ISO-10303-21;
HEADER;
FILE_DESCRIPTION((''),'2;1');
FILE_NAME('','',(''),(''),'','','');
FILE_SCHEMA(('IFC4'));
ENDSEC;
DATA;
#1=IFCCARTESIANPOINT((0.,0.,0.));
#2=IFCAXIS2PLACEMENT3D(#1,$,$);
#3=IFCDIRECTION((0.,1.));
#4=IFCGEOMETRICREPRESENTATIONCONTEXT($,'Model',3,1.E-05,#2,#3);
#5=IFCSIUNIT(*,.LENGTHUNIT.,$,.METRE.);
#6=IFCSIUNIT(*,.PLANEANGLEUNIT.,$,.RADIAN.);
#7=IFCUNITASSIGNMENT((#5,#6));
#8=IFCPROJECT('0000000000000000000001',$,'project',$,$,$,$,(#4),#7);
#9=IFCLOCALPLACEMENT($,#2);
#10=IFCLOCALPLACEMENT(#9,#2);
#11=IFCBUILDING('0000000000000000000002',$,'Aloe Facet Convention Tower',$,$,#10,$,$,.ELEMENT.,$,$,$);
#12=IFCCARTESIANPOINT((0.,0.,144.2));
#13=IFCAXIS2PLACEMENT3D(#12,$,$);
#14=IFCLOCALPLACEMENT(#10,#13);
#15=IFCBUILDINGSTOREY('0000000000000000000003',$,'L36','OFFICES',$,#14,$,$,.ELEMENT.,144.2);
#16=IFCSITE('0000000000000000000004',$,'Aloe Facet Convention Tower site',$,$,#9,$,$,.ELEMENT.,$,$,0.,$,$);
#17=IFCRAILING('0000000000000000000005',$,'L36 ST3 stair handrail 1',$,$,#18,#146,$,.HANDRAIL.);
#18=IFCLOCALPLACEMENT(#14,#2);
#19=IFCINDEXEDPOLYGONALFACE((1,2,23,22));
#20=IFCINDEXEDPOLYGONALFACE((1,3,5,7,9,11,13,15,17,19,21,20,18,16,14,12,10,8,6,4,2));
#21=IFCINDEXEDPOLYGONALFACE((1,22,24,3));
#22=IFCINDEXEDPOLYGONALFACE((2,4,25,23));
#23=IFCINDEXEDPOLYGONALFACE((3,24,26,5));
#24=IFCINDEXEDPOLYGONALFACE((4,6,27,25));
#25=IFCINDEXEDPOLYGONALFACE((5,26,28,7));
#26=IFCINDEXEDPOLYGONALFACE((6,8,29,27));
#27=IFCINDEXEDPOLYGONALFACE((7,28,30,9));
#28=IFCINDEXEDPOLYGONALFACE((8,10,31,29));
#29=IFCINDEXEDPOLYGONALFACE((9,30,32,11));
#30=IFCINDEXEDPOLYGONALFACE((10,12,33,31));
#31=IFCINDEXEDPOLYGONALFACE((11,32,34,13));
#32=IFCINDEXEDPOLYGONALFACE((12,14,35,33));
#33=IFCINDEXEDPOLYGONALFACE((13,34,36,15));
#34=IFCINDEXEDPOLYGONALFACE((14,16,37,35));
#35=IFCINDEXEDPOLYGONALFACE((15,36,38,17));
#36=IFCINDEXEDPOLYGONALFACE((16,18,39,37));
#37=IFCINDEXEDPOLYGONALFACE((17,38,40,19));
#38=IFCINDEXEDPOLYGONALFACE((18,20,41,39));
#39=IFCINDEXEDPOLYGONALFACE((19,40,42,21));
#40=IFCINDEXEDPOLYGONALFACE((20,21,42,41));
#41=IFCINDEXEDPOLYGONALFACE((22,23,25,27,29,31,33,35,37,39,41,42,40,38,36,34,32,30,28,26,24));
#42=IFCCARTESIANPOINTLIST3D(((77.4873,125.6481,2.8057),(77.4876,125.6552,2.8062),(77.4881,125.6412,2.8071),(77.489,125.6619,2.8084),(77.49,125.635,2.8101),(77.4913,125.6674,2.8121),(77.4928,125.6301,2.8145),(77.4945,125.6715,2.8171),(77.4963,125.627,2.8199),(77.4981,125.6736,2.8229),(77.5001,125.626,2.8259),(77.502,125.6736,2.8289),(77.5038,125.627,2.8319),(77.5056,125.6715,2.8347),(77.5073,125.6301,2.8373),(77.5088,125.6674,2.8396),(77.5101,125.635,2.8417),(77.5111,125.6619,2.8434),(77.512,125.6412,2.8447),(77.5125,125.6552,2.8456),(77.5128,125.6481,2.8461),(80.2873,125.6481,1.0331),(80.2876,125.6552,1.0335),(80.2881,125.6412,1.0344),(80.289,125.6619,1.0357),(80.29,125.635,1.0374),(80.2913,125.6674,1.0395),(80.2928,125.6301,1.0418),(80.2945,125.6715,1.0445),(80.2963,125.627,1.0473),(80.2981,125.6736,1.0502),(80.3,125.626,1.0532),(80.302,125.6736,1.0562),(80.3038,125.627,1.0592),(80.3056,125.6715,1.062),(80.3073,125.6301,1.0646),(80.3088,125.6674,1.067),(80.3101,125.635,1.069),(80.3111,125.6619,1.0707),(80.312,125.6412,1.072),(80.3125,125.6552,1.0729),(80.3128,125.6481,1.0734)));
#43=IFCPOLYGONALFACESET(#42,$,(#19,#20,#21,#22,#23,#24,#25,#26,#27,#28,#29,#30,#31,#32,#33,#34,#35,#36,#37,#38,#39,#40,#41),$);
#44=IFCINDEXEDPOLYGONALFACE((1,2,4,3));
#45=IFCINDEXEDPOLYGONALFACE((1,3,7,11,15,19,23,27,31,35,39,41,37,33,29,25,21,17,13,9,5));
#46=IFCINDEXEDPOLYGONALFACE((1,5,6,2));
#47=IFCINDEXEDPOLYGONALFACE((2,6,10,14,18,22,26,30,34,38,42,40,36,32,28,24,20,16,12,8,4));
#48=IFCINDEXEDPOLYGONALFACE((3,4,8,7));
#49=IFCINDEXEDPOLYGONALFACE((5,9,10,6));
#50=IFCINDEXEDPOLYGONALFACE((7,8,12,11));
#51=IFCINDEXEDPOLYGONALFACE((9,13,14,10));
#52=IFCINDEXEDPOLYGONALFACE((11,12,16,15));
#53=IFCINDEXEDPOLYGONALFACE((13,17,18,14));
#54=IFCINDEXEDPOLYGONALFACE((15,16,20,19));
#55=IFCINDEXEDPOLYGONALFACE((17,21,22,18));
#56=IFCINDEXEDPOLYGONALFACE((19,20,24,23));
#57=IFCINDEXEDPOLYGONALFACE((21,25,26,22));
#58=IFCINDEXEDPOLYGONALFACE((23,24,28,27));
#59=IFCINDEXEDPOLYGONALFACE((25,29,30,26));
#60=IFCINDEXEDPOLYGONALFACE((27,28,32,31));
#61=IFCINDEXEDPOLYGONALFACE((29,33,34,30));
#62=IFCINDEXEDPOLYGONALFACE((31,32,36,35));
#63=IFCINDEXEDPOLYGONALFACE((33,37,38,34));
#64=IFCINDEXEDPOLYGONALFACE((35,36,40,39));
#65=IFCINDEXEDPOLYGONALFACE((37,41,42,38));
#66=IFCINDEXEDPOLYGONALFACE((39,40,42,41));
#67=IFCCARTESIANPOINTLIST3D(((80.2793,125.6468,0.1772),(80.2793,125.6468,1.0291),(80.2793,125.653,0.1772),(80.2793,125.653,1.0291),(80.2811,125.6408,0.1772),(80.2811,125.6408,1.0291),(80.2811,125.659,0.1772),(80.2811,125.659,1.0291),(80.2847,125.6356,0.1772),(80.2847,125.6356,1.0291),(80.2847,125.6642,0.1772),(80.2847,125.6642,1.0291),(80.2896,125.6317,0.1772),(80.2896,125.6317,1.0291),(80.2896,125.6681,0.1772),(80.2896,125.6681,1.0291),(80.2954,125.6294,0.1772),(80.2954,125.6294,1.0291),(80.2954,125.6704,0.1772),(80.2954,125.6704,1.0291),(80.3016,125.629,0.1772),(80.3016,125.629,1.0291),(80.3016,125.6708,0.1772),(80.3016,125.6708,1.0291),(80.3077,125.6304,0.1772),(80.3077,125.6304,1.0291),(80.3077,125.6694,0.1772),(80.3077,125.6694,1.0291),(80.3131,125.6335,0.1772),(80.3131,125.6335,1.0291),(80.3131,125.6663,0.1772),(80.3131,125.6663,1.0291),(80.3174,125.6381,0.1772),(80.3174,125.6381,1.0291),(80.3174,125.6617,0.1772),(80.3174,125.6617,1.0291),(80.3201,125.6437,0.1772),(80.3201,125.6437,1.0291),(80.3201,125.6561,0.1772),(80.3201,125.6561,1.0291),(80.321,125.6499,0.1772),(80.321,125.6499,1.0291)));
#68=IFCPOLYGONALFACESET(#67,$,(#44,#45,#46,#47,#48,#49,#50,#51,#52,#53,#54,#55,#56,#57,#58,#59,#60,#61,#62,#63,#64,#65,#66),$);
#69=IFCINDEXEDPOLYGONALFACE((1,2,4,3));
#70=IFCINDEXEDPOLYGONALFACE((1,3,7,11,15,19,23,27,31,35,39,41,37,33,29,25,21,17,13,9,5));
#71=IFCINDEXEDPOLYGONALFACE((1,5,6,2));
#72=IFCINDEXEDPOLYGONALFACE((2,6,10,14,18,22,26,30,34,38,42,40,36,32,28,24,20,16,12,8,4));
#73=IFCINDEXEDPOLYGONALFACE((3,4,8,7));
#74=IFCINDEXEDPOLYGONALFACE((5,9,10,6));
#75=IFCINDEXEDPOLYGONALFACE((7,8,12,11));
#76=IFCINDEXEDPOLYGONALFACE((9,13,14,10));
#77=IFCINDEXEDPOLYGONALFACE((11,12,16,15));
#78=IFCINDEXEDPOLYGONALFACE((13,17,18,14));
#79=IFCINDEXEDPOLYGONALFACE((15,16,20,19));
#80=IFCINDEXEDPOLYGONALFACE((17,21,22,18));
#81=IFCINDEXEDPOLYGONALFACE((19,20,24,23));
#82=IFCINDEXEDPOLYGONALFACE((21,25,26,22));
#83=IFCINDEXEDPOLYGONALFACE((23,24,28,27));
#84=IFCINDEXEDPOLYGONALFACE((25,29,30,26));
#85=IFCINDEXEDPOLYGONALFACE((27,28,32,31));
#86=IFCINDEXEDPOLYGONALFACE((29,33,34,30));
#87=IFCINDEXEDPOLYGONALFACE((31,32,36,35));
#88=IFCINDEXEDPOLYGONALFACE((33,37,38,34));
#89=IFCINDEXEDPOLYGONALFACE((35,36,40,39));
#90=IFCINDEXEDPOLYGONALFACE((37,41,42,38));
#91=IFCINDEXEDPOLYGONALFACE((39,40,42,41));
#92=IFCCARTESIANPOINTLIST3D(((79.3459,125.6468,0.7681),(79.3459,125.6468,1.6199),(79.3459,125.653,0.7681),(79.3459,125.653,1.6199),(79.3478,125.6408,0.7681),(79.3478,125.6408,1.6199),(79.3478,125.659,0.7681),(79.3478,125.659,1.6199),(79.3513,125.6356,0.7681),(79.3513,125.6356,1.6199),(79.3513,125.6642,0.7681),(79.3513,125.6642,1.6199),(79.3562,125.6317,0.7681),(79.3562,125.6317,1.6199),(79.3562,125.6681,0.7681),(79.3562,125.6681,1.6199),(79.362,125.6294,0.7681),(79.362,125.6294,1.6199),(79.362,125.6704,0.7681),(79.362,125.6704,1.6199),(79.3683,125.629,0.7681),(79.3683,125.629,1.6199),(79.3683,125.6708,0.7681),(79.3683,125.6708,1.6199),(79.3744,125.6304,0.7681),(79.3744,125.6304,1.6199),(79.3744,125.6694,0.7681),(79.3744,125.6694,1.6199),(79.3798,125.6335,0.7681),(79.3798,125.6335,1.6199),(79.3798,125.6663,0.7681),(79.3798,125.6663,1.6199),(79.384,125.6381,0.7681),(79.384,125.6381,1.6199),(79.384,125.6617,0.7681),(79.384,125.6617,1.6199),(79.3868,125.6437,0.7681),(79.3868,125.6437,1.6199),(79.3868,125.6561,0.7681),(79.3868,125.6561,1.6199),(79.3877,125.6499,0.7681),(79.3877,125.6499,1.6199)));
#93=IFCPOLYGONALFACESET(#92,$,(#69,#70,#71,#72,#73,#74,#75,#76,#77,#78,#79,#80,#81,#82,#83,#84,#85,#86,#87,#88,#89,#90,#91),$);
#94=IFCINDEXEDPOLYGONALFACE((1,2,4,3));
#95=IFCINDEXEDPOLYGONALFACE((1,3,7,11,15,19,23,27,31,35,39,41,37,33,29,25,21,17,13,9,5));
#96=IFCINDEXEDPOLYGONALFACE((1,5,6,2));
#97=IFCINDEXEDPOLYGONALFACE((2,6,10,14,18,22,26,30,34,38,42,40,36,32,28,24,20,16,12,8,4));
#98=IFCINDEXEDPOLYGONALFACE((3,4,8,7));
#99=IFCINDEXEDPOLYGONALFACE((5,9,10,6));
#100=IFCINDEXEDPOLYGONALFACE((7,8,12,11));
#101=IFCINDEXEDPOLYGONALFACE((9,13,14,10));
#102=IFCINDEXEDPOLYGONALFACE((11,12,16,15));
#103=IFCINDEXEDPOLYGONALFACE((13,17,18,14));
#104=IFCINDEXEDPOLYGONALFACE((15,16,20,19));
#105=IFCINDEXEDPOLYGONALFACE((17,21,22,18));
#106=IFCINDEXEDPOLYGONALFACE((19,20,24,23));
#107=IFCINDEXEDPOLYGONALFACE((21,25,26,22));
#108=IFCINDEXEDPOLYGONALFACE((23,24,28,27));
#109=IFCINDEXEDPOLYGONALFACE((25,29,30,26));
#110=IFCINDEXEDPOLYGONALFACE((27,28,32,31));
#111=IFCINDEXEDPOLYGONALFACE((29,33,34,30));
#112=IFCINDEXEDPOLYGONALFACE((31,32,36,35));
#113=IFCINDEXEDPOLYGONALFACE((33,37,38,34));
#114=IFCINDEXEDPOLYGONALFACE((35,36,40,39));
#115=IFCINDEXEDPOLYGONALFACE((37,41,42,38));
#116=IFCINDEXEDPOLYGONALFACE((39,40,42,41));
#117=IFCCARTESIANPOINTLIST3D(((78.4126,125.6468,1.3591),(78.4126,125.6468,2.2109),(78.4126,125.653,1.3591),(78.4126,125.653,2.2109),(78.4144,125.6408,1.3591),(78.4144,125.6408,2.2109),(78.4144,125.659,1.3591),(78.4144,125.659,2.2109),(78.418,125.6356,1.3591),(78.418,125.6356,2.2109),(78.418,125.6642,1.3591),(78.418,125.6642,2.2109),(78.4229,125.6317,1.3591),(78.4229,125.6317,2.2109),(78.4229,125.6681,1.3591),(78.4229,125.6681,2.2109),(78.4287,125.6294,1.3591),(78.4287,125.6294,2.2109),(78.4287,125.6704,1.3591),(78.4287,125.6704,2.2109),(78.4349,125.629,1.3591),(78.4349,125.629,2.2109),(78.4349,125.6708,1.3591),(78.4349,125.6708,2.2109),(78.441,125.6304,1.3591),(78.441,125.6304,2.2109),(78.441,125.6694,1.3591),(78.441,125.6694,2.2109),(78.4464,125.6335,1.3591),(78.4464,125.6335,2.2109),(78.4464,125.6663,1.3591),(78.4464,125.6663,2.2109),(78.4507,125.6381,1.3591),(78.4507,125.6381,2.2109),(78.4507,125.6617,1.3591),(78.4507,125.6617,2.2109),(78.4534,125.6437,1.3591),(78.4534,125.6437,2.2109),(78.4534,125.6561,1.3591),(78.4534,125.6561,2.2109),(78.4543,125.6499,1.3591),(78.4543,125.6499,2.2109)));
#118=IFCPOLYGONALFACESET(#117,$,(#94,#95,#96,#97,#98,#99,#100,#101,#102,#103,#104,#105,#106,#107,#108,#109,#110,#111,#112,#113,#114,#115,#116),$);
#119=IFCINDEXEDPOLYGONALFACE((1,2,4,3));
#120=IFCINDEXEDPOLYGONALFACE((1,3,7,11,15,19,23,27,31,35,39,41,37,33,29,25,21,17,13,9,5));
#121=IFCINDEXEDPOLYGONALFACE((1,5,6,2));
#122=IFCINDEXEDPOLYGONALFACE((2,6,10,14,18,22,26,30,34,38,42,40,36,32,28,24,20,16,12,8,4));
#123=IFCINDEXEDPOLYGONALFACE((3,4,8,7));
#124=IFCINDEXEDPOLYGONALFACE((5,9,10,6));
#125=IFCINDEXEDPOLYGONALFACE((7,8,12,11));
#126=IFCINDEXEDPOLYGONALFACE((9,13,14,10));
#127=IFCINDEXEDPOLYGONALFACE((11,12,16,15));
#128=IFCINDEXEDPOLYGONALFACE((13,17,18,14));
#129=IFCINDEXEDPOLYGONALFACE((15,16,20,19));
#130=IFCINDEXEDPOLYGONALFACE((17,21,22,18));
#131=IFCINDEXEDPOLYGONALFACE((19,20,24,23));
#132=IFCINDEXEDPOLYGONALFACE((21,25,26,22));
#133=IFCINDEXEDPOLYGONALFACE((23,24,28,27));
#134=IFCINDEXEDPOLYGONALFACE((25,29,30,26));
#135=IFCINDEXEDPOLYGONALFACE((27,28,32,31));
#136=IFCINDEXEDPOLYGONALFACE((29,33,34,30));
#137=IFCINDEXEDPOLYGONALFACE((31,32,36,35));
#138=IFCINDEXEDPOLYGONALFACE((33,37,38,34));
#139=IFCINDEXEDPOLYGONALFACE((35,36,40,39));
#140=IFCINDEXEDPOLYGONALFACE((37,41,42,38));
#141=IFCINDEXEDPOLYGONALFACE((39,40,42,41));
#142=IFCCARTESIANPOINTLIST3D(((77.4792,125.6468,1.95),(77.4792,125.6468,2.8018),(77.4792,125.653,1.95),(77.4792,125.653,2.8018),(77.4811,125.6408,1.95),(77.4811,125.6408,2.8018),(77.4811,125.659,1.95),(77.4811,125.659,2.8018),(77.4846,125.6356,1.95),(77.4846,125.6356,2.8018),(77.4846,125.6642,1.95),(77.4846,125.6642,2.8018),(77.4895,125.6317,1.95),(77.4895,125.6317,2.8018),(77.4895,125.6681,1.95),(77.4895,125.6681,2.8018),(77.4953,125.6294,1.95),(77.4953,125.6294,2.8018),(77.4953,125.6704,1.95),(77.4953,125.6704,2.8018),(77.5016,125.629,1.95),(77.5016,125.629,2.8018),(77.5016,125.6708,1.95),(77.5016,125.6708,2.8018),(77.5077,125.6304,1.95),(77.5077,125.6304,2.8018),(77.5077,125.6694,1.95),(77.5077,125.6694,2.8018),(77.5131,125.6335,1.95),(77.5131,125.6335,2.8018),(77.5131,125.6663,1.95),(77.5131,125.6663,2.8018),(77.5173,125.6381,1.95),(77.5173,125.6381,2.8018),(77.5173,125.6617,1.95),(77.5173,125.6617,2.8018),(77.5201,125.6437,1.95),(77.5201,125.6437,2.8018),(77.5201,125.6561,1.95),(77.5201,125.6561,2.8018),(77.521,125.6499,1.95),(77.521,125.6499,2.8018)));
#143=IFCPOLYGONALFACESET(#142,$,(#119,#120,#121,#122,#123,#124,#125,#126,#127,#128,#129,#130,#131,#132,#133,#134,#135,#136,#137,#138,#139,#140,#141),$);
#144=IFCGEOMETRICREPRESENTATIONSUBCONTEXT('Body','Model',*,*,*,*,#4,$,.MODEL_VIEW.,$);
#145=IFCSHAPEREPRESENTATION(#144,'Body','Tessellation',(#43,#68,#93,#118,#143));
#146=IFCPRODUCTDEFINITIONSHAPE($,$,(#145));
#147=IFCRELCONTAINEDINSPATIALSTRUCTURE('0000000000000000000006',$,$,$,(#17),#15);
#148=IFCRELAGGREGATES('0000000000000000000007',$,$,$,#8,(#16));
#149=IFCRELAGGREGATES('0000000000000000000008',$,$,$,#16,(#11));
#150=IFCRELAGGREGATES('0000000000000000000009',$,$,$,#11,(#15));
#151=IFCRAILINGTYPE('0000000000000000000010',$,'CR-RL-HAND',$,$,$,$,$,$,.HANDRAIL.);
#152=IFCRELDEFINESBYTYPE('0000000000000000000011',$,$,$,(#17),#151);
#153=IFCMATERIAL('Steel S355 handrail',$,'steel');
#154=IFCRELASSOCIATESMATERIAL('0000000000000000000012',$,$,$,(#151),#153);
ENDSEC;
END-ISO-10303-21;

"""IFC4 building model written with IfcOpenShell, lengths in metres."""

from ifc_helpers import new_model, si_unit, direction, frame, origin, origin_2d, place, context, subcontext, project, spatial, circle, extrude, material, type_object, element, save


model = new_model("IFC4")

# Units and contexts
model_context = context("Model", 3, precision=1e-05, world=origin(), true_north=direction((0.0, 1.0)))
body_context = subcontext(model_context, "Body", "Model", "MODEL_VIEW")
ifc_project = project(units=[si_unit("LENGTHUNIT", "METRE"), si_unit("PLANEANGLEUNIT", "RADIAN")], contexts=[model_context])

# Site, building, storey
site_placement = place(None, origin())
site = spatial("IfcSite", under=ifc_project, at=site_placement, Name="Aloe Facet Convention Tower site", CompositionType="ELEMENT", RefElevation=0.0)
building_placement = place(site_placement, origin())
building = spatial("IfcBuilding", under=site, at=building_placement, Name="Aloe Facet Convention Tower", CompositionType="ELEMENT")
storey_placement = place(building_placement, frame((0.0, 0.0, 144.2)))
storey = spatial("IfcBuildingStorey", under=building, at=storey_placement, Name="L36", Description="OFFICES", CompositionType="ELEMENT", Elevation=144.2)

# Railing
ifc_material_1 = material(Name="Steel S355 handrail", Category="steel")
railing_type_1 = type_object("IfcRailingType", Name="CR-RL-HAND", PredefinedType="HANDRAIL", material=ifc_material_1)
railing_1_placement = place(storey_placement, frame((80.3, 125.6499, 0.1772)))
element("IfcRailing", 1, at=railing_1_placement, inside=storey, type_object=railing_type_1, Name="L36 ST3 stair handrail 1", PredefinedType="HANDRAIL", context=body_context, shape_type="SweptSolid", body=[
    extrude(circle(Radius=0.0239, at=origin_2d()), frame((0.0, 0.0, 0.876), z_axis=(-0.844909, 0.0, 0.53491), x_axis=(0.0, -1.0, 0.0)), (0.0, 0.0, 1.0), 3.314),
    extrude(circle(Radius=0.021, at=origin_2d()), origin(), (0.0, 0.0, 1.0), 0.8518),
    extrude(circle(Radius=0.021, at=origin_2d()), frame((-0.9333, 0.0, 0.5908)), (0.0, 0.0, 1.0), 0.8518),
    extrude(circle(Radius=0.021, at=origin_2d()), frame((-1.8667, 0.0, 1.1819)), (0.0, 0.0, 1.0), 0.8518),
    extrude(circle(Radius=0.021, at=origin_2d()), frame((-2.8, 0.0, 1.7727)), (0.0, 0.0, 1.0), 0.8518),
])

save(model, "model.ifc")
